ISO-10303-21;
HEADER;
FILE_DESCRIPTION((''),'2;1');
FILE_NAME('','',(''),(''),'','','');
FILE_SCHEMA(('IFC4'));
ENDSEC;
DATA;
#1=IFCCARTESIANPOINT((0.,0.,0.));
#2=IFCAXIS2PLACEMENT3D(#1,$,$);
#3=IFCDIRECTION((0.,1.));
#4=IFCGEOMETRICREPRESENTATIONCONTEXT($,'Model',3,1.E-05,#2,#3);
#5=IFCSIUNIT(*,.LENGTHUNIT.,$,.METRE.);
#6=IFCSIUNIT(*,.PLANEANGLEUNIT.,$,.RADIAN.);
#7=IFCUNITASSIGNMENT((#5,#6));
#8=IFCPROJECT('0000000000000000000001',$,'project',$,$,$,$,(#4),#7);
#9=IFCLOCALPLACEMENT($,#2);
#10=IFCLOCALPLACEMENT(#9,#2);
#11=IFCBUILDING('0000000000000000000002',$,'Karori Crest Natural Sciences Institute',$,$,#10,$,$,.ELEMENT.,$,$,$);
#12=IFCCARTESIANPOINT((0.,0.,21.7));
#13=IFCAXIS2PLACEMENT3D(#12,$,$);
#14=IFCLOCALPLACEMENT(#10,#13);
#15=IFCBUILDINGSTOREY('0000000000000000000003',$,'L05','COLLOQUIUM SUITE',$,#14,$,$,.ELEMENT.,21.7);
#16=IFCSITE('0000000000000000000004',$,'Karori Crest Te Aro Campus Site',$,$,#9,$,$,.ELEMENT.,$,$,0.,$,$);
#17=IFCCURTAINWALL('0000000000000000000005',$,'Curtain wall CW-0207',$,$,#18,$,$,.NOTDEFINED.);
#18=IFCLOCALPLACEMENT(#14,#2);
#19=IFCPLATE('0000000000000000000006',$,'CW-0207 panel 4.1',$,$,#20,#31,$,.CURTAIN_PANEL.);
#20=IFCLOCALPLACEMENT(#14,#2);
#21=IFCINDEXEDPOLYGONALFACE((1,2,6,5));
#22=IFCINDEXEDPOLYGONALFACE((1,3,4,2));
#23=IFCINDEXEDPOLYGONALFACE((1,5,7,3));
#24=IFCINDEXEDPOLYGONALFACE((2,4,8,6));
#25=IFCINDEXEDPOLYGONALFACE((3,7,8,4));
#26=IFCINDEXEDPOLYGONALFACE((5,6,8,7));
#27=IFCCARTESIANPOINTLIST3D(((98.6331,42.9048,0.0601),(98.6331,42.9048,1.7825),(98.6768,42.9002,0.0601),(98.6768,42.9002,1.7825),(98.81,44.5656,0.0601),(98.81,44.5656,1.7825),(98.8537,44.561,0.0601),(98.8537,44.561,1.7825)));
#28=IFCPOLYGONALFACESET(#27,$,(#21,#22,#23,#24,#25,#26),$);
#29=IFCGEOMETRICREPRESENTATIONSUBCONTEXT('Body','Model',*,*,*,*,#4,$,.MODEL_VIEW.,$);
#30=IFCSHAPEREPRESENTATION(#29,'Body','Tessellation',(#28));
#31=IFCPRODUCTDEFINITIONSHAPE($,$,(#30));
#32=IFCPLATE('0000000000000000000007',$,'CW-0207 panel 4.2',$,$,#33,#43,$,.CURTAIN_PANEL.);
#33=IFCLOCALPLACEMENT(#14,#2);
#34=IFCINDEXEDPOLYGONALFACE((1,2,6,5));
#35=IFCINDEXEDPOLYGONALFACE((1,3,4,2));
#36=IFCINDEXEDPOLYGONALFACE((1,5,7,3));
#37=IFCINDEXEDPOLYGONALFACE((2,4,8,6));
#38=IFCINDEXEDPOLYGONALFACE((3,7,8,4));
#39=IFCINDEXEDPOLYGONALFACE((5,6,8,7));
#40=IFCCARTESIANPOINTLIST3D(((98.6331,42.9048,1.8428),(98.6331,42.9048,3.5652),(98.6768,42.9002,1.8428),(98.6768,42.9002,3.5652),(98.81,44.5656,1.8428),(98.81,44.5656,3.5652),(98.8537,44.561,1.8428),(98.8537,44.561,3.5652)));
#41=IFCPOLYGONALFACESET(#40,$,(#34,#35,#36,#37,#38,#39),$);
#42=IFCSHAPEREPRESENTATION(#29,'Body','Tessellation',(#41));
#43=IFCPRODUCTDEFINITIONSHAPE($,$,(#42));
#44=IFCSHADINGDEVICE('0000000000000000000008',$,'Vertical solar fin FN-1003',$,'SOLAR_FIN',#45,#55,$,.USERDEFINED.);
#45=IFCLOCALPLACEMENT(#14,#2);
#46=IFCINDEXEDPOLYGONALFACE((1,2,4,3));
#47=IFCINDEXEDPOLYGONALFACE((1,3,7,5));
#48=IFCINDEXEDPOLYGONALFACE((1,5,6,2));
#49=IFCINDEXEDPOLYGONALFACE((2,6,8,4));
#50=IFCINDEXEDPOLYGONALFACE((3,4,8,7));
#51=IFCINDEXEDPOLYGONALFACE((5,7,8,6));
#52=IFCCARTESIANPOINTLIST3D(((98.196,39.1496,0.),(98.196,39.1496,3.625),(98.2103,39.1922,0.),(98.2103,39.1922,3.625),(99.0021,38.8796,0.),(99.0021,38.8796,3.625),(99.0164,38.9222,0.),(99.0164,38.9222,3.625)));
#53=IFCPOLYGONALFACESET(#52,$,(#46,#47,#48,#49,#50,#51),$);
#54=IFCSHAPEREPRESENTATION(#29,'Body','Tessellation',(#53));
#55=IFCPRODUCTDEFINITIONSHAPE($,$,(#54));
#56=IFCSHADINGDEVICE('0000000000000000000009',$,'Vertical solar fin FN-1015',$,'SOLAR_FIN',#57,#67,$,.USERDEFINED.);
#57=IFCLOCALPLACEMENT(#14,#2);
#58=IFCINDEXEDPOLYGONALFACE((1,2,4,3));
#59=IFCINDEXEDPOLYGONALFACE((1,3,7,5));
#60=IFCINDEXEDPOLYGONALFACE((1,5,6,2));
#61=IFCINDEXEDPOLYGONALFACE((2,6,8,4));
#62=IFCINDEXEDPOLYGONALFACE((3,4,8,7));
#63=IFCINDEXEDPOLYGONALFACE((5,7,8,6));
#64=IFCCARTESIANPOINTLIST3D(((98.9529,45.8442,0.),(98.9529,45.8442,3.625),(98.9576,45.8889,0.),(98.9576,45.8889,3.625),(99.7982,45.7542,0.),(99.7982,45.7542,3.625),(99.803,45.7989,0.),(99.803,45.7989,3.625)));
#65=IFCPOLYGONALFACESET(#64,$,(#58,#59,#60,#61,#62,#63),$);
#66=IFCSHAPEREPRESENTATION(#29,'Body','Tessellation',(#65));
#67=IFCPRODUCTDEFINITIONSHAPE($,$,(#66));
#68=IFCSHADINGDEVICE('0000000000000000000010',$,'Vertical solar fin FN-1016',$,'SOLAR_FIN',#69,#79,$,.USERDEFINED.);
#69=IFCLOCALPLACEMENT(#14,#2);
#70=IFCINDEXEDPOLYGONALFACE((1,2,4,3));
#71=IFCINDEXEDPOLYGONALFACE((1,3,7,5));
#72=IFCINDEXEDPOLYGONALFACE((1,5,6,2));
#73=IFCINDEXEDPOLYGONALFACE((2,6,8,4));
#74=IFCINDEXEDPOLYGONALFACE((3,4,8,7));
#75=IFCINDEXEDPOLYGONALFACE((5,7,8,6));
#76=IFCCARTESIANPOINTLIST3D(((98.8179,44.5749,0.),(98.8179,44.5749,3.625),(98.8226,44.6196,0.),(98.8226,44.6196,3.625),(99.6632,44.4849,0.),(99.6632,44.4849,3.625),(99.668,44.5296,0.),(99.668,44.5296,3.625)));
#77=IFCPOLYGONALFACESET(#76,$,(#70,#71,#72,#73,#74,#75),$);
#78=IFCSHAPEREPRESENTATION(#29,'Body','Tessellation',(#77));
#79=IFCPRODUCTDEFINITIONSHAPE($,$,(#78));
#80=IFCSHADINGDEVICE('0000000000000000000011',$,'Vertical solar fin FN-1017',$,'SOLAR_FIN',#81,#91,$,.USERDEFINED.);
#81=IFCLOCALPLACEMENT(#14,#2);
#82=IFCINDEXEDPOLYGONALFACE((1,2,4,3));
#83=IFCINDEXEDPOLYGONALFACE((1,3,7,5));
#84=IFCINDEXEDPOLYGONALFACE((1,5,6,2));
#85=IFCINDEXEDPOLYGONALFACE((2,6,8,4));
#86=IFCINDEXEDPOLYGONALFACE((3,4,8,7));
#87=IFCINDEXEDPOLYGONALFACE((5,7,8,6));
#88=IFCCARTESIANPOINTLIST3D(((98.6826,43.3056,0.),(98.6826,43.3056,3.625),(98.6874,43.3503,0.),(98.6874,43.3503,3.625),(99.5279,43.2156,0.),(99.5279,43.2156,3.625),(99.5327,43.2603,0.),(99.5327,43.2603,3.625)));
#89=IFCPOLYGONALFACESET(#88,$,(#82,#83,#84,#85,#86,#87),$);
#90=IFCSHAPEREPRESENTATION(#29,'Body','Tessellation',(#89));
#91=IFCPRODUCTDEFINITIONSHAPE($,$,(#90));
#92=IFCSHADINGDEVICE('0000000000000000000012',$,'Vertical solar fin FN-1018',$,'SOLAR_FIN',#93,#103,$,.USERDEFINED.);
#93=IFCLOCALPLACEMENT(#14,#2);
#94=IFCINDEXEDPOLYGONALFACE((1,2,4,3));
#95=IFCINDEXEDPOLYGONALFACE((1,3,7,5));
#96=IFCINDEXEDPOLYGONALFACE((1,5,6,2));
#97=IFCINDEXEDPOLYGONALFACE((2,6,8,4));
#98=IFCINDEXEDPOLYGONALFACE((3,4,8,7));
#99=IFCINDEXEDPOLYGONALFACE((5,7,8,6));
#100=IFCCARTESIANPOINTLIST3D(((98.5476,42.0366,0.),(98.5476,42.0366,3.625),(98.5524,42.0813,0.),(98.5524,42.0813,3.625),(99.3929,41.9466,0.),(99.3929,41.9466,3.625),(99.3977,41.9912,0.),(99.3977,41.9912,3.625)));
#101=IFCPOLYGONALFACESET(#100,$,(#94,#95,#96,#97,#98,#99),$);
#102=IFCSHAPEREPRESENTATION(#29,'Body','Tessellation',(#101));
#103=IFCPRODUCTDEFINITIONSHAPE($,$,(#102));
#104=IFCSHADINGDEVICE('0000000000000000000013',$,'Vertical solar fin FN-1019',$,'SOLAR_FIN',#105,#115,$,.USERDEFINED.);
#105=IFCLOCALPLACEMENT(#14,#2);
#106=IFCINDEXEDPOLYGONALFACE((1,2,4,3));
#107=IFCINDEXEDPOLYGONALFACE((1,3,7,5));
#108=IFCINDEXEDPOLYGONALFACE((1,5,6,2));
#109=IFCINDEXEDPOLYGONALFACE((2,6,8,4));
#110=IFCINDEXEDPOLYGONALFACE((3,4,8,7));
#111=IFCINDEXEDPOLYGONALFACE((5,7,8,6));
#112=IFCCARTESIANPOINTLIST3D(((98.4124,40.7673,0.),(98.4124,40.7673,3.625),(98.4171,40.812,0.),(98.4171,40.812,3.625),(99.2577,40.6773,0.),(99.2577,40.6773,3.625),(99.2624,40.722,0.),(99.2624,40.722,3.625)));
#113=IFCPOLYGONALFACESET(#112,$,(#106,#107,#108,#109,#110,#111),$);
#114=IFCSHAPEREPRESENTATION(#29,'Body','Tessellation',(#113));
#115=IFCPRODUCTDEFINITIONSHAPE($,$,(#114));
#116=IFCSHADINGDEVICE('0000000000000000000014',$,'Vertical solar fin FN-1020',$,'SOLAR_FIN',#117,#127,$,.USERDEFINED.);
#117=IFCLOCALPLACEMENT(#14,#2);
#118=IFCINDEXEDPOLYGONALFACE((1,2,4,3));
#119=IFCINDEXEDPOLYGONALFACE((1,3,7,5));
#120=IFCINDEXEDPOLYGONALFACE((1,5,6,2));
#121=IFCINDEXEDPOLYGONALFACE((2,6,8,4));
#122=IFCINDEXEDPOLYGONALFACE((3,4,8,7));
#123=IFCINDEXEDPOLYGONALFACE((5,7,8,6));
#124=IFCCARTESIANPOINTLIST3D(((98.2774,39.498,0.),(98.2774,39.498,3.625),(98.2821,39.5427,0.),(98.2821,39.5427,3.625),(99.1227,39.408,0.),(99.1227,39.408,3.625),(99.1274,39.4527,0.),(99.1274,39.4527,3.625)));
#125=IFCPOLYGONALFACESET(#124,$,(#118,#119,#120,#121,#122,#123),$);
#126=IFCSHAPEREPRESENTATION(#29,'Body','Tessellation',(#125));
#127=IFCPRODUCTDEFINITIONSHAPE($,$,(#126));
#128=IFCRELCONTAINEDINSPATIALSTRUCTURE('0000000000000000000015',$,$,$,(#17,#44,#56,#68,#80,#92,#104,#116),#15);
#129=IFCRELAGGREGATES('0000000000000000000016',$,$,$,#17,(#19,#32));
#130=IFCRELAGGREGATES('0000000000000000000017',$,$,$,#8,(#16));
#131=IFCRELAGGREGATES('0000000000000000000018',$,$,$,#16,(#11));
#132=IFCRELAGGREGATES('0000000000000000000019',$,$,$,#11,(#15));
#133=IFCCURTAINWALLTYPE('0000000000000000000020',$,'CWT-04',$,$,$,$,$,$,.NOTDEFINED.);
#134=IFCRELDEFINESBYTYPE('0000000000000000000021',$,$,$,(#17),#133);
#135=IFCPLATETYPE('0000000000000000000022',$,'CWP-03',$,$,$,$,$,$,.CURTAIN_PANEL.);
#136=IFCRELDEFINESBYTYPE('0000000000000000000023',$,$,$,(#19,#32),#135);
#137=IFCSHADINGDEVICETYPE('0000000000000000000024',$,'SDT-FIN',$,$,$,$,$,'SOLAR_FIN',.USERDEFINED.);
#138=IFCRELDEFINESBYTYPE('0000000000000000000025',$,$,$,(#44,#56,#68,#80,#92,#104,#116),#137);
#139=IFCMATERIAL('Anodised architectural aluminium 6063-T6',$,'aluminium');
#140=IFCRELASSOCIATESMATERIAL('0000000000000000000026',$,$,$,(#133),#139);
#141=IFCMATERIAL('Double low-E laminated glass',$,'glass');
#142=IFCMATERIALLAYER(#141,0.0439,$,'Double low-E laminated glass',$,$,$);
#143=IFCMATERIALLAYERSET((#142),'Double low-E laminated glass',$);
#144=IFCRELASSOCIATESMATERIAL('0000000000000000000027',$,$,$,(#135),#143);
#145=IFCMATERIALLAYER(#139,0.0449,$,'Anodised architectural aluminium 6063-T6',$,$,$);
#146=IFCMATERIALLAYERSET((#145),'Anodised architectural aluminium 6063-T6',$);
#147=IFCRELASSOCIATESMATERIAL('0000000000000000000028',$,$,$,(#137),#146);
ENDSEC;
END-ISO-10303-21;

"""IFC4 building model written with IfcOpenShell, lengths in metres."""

from ifc_helpers import new_model, si_unit, direction, frame, origin, origin_2d, place, context, subcontext, project, spatial, rectangle, extrude, material, layer, layer_set, type_object, element, aggregate, save


model = new_model("IFC4")

# Units and contexts
model_context = context("Model", 3, precision=1e-05, world=origin(), true_north=direction((0.0, 1.0)))
body_context = subcontext(model_context, "Body", "Model", "MODEL_VIEW")
ifc_project = project(units=[si_unit("LENGTHUNIT", "METRE"), si_unit("PLANEANGLEUNIT", "RADIAN")], contexts=[model_context])

# Site, building, storey
site_placement = place(None, origin())
site = spatial("IfcSite", under=ifc_project, at=site_placement, Name="Karori Crest Te Aro Campus Site", CompositionType="ELEMENT", RefElevation=0.0)
building_placement = place(site_placement, origin())
building = spatial("IfcBuilding", under=site, at=building_placement, Name="Karori Crest Natural Sciences Institute", CompositionType="ELEMENT")
storey_placement = place(building_placement, frame((0.0, 0.0, 21.7)))
storey = spatial("IfcBuildingStorey", under=building, at=storey_placement, Name="L05", Description="COLLOQUIUM SUITE", CompositionType="ELEMENT", Elevation=21.7)

# Curtain wall, plates
ifc_material_1 = material(Name="Anodised architectural aluminium 6063-T6", Category="aluminium")
curtain_wall_type = type_object("IfcCurtainWallType", Name="CWT-04", PredefinedType="NOTDEFINED", material=ifc_material_1)
curtain_wall_placement = place(storey_placement, origin())
curtain_wall = element("IfcCurtainWall", 1, at=curtain_wall_placement, inside=storey, type_object=curtain_wall_type, Name="Curtain wall CW-0207", PredefinedType="NOTDEFINED")
ifc_material_2 = material(Name="Double low-E laminated glass", Category="glass")
ifc_layer_1 = layer(ifc_material_2, 0.0439, Name="Double low-E laminated glass")
ifc_layer_set_1 = layer_set([ifc_layer_1], Name="Double low-E laminated glass")
plate_type = type_object("IfcPlateType", Name="CWP-03", PredefinedType="CURTAIN_PANEL", material=ifc_layer_set_1)
plate_1_placement = place(storey_placement, frame((98.7434, 43.7329, 0.0601), z_axis=(0.0, 0.0, 1.0), x_axis=(-0.105886, -0.994378, 0.0)))
plate_1 = element("IfcPlate", 2, at=plate_1_placement, type_object=plate_type, Name="CW-0207 panel 4.1", PredefinedType="CURTAIN_PANEL", context=body_context, shape_type="SweptSolid", body=[
    extrude(rectangle(XDim=1.6702, YDim=0.0439, at=origin_2d()), origin(), (0.0, 0.0, 1.0), 1.7224),
])
plate_2_placement = place(storey_placement, frame((98.7434, 43.7329, 1.8428), z_axis=(0.0, 0.0, 1.0), x_axis=(-0.105886, -0.994378, 0.0)))
plate_2 = element("IfcPlate", 3, at=plate_2_placement, type_object=plate_type, Name="CW-0207 panel 4.2", PredefinedType="CURTAIN_PANEL", context=body_context, shape_type="SweptSolid", body=[
    extrude(rectangle(XDim=1.6702, YDim=0.0439, at=origin_2d()), origin(), (0.0, 0.0, 1.0), 1.7224),
])
aggregate(curtain_wall, [plate_1, plate_2])

# Shading devices
ifc_layer_2 = layer(ifc_material_1, 0.0449, Name="Anodised architectural aluminium 6063-T6")
ifc_layer_set_2 = layer_set([ifc_layer_2], Name="Anodised architectural aluminium 6063-T6")
shading_device_type = type_object("IfcShadingDeviceType", Name="SDT-FIN", ElementType="SOLAR_FIN", PredefinedType="USERDEFINED", material=ifc_layer_set_2)
for number, where, z_axis, x_axis, name in (
    (4, (98.6062, 39.0359, 0.0), (0.0, 0.0, 1.0), (0.948198, -0.31768, 0.0), "Vertical solar fin FN-1003"),
    (5, (99.3779, 45.8215, 0.0), (0.0, 0.0, 1.0), (0.994378, -0.105886, 0.0), "Vertical solar fin FN-1015"),
    (6, (99.2429, 44.5522, 0.0), (0.0, 0.0, 1.0), (0.994378, -0.105886, 0.0), "Vertical solar fin FN-1016"),
    (7, (99.1077, 43.283, 0.0), (0.0, 0.0, 1.0), (0.994378, -0.105886, 0.0), "Vertical solar fin FN-1017"),
    (8, (98.9727, 42.0139, 0.0), (0.0, 0.0, 1.0), (0.994378, -0.105886, 0.0), "Vertical solar fin FN-1018"),
    (9, (98.8374, 40.7446, 0.0), (0.0, 0.0, 1.0), (0.994378, -0.105886, 0.0), "Vertical solar fin FN-1019"),
    (10, (98.7024, 39.4753, 0.0), (0.0, 0.0, 1.0), (0.994378, -0.105886, 0.0), "Vertical solar fin FN-1020"),
):
    element("IfcShadingDevice", number, at=place(storey_placement, frame(where, z_axis=z_axis, x_axis=x_axis)), inside=storey, type_object=shading_device_type, Name=name, ObjectType="SOLAR_FIN", PredefinedType="USERDEFINED", context=body_context, shape_type="SweptSolid", body=[
        extrude(rectangle(XDim=0.8501, YDim=0.0449, at=origin_2d()), origin(), (0.0, 0.0, 1.0), 3.625),
    ])

save(model, "model.ifc")
